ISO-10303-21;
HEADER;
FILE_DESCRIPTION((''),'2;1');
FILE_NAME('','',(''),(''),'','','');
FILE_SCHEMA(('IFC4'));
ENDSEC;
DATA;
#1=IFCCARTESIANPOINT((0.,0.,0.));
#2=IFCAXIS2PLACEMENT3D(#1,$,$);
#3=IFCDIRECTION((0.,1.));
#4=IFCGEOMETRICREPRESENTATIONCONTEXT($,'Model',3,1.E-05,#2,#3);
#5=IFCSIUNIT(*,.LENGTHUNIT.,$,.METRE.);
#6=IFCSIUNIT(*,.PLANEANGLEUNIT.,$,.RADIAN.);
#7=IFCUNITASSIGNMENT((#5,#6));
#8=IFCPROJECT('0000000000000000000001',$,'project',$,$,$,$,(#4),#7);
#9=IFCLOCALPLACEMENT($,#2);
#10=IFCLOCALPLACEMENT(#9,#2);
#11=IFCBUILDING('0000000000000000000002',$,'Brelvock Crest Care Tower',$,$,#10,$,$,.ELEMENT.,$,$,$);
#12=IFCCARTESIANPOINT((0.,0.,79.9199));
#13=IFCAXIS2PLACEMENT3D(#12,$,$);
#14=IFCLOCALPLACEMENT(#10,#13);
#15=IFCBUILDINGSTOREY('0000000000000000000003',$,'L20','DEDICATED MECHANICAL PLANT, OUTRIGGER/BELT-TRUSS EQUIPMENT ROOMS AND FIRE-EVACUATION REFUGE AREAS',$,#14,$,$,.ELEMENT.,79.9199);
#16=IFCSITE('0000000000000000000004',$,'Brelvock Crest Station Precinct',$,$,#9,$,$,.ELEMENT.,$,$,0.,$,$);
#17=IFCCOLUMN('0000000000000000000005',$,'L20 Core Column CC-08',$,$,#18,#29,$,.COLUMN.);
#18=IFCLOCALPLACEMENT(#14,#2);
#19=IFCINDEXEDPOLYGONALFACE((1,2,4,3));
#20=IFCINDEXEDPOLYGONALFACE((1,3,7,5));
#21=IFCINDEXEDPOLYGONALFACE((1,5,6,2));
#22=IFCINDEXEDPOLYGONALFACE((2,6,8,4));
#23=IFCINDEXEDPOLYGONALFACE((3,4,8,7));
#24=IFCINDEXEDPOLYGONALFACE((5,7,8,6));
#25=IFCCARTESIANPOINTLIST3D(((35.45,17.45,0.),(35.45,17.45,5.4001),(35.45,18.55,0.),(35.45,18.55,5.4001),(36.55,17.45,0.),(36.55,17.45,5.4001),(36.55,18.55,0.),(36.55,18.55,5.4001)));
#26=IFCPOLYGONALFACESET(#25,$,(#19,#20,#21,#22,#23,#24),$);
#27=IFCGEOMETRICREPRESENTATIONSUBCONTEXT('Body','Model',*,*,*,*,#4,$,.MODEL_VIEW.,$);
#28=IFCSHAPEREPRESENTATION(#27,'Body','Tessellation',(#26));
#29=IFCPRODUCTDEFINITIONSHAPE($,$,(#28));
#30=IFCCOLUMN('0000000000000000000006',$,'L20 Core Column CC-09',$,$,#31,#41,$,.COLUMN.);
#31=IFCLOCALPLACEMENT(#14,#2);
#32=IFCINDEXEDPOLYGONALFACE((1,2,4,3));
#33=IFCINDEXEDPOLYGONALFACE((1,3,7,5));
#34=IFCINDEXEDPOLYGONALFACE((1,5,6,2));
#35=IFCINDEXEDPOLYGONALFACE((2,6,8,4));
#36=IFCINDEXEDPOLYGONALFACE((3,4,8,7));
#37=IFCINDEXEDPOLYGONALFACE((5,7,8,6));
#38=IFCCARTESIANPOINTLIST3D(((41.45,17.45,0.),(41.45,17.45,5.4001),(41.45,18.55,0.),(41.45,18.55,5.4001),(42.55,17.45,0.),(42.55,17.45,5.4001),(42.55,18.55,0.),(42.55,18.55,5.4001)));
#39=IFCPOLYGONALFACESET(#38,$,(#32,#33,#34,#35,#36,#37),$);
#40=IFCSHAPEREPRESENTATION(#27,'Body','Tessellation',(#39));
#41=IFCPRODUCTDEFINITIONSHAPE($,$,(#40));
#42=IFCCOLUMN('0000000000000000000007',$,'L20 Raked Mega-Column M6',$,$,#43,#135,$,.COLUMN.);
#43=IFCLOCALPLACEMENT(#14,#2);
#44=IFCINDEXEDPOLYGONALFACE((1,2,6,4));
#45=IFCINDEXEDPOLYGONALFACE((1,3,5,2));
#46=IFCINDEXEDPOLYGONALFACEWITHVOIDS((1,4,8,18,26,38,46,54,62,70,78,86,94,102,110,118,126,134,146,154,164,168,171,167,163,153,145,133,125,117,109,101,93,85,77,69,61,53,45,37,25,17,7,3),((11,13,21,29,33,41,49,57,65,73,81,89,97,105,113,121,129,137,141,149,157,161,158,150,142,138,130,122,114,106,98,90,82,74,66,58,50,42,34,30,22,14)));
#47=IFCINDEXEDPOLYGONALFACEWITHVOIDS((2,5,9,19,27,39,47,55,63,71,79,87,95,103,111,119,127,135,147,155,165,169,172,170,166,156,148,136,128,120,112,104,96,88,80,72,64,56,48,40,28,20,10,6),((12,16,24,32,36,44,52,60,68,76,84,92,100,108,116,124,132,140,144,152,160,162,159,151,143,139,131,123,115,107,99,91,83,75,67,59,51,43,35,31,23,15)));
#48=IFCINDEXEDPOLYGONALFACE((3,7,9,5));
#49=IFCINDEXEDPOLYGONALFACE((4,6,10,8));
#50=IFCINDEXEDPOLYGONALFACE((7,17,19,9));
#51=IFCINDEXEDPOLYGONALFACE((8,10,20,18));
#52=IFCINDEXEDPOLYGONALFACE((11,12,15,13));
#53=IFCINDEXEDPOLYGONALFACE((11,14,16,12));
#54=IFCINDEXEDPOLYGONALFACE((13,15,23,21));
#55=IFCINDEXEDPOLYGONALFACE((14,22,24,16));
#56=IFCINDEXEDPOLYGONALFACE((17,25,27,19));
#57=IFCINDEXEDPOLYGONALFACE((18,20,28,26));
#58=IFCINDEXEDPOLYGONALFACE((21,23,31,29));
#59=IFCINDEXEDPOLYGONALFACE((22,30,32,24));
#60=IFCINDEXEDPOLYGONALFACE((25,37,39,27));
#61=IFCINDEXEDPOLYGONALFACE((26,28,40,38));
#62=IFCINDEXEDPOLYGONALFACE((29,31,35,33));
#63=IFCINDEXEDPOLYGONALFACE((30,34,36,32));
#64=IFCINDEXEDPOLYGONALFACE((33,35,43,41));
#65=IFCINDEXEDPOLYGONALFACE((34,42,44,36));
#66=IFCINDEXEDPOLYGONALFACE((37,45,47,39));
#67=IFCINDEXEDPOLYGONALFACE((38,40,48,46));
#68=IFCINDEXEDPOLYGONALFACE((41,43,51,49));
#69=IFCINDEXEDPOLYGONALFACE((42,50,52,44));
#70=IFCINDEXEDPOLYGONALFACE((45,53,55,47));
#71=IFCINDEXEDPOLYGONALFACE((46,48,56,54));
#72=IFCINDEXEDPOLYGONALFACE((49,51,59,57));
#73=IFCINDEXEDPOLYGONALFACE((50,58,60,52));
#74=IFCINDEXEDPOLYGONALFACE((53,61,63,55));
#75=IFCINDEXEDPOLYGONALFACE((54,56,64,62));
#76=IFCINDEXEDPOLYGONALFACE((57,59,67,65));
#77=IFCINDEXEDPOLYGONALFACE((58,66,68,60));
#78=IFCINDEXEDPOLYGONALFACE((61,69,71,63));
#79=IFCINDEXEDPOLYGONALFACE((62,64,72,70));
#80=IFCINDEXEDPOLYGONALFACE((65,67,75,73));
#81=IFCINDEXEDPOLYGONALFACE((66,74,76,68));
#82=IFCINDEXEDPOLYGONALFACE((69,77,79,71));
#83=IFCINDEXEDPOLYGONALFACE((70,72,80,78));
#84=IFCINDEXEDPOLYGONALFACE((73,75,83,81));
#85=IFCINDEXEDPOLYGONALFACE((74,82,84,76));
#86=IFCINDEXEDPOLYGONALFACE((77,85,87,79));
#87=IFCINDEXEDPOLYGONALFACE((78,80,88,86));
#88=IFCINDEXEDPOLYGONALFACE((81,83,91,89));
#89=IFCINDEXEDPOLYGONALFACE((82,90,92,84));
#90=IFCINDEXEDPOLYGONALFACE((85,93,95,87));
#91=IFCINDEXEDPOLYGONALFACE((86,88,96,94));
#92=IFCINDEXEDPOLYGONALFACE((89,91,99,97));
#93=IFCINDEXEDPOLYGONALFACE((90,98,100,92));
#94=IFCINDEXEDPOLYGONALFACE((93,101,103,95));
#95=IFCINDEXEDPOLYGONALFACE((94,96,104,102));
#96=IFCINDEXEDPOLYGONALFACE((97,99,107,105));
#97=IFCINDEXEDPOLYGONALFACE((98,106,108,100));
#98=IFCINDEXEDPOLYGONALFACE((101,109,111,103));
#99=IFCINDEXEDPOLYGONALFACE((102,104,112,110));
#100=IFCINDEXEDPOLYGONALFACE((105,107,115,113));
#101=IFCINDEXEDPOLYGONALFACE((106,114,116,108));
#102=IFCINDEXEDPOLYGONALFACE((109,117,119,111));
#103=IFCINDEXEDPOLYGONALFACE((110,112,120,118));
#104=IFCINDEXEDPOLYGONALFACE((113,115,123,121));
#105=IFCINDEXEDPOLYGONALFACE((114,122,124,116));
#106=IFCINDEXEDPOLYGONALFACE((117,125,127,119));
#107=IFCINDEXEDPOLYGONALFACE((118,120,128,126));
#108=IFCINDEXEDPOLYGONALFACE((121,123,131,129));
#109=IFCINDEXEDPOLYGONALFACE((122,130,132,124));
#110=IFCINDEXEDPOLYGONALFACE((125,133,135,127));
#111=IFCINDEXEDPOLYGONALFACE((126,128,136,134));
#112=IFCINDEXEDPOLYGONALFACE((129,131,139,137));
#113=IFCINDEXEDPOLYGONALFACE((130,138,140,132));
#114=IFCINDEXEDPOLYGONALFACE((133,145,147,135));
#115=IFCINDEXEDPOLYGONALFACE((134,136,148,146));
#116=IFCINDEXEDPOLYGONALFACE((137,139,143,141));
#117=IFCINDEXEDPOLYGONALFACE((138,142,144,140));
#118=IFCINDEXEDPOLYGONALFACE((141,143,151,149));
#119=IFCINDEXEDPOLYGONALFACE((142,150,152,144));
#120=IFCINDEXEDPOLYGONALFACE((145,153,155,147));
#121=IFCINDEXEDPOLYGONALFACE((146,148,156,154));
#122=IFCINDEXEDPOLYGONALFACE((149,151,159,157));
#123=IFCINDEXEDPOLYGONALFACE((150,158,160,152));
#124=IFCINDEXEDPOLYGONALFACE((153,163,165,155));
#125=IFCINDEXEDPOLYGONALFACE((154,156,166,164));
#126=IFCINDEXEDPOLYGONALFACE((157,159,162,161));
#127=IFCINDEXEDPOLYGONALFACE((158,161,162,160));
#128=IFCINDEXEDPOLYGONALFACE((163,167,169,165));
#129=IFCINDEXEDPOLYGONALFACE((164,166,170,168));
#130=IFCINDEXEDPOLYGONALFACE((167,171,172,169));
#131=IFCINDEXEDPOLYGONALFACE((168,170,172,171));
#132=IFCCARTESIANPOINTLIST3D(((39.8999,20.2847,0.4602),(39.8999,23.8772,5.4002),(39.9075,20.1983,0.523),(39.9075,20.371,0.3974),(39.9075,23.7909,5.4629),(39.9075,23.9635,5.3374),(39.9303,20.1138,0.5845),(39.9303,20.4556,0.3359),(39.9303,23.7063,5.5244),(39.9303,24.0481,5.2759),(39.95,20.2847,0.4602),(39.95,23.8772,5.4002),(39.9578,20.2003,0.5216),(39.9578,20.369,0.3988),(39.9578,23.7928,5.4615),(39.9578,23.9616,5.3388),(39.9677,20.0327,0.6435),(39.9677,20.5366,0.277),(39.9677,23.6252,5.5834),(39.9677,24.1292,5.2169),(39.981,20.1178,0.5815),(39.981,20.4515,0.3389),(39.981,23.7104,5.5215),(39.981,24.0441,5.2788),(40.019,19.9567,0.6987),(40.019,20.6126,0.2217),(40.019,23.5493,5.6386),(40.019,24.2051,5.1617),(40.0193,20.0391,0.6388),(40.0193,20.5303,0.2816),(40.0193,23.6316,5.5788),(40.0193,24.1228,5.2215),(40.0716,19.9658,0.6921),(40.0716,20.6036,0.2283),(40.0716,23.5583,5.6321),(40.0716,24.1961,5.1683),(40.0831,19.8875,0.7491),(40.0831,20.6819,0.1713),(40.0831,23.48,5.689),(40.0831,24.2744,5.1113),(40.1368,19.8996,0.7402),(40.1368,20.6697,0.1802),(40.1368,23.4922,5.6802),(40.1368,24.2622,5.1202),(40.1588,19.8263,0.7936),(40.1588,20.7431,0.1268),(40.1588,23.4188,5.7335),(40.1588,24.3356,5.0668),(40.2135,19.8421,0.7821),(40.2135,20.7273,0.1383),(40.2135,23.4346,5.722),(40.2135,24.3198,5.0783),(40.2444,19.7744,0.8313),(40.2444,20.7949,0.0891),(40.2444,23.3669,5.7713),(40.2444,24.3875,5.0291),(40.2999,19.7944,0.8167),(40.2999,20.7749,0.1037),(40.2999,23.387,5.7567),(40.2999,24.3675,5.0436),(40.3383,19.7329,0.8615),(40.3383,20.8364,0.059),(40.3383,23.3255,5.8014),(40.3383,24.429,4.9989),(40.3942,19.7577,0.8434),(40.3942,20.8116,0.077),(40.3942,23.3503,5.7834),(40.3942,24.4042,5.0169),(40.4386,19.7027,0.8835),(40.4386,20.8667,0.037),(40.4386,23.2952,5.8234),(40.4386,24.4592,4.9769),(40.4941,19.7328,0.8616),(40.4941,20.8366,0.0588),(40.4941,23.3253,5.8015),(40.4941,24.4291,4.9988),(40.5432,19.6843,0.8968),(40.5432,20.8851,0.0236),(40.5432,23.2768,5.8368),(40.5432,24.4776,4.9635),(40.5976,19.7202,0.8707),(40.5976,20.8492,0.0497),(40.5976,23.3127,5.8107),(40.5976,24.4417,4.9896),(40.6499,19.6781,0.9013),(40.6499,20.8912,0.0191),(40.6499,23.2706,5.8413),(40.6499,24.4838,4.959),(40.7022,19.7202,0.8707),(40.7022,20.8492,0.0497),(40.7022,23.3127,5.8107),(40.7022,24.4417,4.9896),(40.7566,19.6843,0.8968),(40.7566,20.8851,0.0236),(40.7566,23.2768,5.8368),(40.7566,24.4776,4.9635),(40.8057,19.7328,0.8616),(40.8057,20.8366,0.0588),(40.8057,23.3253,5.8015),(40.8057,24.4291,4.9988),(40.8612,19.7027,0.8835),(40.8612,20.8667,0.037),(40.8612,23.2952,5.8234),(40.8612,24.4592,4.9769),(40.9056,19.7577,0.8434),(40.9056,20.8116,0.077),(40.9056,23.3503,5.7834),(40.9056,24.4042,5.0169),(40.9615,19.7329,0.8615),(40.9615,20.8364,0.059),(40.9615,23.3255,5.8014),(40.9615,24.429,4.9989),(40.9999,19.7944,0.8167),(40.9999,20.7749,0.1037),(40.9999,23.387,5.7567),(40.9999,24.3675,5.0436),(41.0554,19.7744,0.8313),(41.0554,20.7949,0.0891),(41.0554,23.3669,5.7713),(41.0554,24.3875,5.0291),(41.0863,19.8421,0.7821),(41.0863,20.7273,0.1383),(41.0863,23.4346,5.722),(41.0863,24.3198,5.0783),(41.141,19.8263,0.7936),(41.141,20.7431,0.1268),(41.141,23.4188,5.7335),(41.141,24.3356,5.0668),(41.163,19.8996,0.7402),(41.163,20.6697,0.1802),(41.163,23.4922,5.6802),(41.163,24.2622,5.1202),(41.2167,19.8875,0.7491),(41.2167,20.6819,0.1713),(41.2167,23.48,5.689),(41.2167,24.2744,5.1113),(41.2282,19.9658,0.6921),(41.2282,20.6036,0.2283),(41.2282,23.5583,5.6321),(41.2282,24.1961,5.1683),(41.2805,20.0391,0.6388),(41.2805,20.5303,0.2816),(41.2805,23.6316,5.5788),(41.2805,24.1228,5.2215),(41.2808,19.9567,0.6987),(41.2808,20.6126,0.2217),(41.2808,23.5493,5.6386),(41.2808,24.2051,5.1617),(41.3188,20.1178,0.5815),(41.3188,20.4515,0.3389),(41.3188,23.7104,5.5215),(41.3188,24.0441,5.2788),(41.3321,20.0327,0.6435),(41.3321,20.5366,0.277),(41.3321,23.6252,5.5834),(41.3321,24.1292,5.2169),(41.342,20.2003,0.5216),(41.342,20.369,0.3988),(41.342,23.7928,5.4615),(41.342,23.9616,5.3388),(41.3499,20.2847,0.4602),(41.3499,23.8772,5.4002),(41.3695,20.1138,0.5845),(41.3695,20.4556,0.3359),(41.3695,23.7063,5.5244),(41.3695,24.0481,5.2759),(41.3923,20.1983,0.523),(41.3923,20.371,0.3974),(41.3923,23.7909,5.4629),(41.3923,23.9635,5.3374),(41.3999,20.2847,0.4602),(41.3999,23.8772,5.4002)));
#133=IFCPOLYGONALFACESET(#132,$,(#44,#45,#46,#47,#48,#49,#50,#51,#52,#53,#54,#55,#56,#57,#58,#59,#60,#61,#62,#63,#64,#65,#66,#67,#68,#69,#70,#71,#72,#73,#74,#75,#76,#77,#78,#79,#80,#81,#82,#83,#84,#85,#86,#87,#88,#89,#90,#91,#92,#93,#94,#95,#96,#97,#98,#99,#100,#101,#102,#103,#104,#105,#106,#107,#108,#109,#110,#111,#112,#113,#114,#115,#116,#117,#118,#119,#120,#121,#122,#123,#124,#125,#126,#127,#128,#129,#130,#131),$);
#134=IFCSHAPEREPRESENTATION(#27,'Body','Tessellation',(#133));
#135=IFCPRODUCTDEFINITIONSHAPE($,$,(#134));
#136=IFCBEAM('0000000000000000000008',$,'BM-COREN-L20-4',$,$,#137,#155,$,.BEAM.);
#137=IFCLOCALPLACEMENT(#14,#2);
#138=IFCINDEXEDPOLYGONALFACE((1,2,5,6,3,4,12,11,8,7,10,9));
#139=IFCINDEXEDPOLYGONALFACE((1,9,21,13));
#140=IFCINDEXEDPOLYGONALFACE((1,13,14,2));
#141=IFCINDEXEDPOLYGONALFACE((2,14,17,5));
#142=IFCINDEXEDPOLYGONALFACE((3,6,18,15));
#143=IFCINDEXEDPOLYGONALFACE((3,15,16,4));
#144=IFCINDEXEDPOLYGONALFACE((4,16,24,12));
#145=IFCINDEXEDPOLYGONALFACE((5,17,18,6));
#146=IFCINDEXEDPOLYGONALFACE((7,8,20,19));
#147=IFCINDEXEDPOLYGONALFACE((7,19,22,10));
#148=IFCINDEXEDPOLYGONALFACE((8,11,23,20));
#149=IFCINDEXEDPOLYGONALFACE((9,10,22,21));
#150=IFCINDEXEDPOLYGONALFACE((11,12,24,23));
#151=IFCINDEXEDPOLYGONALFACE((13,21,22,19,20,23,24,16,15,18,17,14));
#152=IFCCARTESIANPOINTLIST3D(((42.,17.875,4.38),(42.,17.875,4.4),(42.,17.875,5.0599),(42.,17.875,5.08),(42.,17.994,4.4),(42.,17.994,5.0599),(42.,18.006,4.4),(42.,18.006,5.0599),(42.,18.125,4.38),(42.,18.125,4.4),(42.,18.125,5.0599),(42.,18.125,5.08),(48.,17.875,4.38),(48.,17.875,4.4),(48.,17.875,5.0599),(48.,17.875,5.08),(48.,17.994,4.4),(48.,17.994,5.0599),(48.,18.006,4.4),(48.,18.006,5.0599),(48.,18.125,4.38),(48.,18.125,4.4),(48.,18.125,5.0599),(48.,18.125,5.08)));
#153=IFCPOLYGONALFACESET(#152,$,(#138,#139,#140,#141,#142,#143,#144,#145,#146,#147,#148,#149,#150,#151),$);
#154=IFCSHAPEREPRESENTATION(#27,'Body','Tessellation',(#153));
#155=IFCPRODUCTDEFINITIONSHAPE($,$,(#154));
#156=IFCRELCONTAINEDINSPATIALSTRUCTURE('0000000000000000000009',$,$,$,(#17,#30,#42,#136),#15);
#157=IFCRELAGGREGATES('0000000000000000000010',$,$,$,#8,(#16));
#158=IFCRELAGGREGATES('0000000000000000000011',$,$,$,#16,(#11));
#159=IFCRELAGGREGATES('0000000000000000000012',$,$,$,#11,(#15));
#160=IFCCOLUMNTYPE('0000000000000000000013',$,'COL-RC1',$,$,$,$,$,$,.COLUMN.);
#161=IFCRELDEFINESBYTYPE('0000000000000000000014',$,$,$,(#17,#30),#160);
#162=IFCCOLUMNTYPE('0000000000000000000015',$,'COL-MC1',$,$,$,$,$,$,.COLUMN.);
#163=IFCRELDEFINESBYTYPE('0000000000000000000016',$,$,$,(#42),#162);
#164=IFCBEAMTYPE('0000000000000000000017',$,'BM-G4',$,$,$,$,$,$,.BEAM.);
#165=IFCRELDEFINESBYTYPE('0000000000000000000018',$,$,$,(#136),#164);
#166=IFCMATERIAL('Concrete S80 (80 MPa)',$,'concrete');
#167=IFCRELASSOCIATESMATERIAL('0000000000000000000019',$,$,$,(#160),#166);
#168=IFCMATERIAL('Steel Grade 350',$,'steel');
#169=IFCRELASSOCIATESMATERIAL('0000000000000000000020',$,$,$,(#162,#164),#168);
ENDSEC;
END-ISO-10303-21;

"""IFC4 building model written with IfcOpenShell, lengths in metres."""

from ifc_helpers import new_model, si_unit, direction, frame, origin, origin_2d, place, context, subcontext, project, spatial, rectangle, hollow_circle, i_section, extrude, source, transform, mapped, material, material_profile, profile_set, type_object, element, save


model = new_model("IFC4")

# Units and contexts
model_context = context("Model", 3, precision=1e-05, world=origin(), true_north=direction((0.0, 1.0)))
body_context = subcontext(model_context, "Body", "Model", "MODEL_VIEW")
ifc_project = project(units=[si_unit("LENGTHUNIT", "METRE"), si_unit("PLANEANGLEUNIT", "RADIAN")], contexts=[model_context])

# Site, building, storey
site_placement = place(None, origin())
site = spatial("IfcSite", under=ifc_project, at=site_placement, Name="Brelvock Crest Station Precinct", CompositionType="ELEMENT", RefElevation=0.0)
building_placement = place(site_placement, origin())
building = spatial("IfcBuilding", under=site, at=building_placement, Name="Brelvock Crest Care Tower", CompositionType="ELEMENT")
storey_placement = place(building_placement, frame((0.0, 0.0, 79.9199)))
storey = spatial("IfcBuildingStorey", under=building, at=storey_placement, Name="L20", Description="DEDICATED MECHANICAL PLANT, OUTRIGGER/BELT-TRUSS EQUIPMENT ROOMS AND FIRE-EVACUATION REFUGE AREAS", CompositionType="ELEMENT", Elevation=79.9199)

# Columns
ifc_material_1 = material(Name="Concrete S80 (80 MPa)", Category="concrete")
ifc_material_profile_1 = material_profile(ifc_material_1, rectangle(XDim=1.1001, YDim=1.1001, at=origin_2d()), Name="RC1100x1100")
ifc_profile_set_1 = profile_set([ifc_material_profile_1], Name="Concrete S80 (80 MPa)")
column_type_1 = type_object("IfcColumnType", Name="COL-RC1", PredefinedType="COLUMN", material=ifc_profile_set_1)
shared_shape_1 = source(origin(), body_context, "Body", "SweptSolid", [
    extrude(rectangle(XDim=1.1001, YDim=1.1001, at=origin_2d()), origin(), (0.0, 0.0, 1.0), 5.4001),
])
for number, where, z_axis, x_axis, name in (
    (1, (36.0, 18.0, 0.0), (0.0, 0.0, 1.0), (1.0, 0.0, 0.0), "L20 Core Column CC-08"),
    (2, (42.0, 18.0, 0.0), (0.0, 0.0, 1.0), (1.0, 0.0, 0.0), "L20 Core Column CC-09"),
):
    element("IfcColumn", number, at=place(storey_placement, frame(where, z_axis=z_axis, x_axis=x_axis)), inside=storey, type_object=column_type_1, Name=name, PredefinedType="COLUMN", context=body_context, shape_type="MappedRepresentation", body=[
        mapped(shared_shape_1, transform((0.0, 0.0, 0.0), x_axis=(1.0, 0.0, 0.0), y_axis=(0.0, 1.0, 0.0), z_axis=(0.0, 0.0, 1.0), scale=1.0)),
    ])
ifc_material_2 = material(Name="Steel Grade 350", Category="steel")
ifc_material_profile_2 = material_profile(ifc_material_2, hollow_circle(Radius=0.75, WallThickness=0.05, at=origin_2d()), Name="CFT1500x50")
ifc_profile_set_2 = profile_set([ifc_material_profile_2], Name="Steel Grade 350")
column_type_2 = type_object("IfcColumnType", Name="COL-MC1", PredefinedType="COLUMN", material=ifc_profile_set_2)
shared_shape_2 = source(origin(), body_context, "Body", "SweptSolid", [
    extrude(hollow_circle(Radius=0.75, WallThickness=0.05, at=origin_2d()), origin(), (0.0, 0.0, 1.0), 6.1082),
])
column_placement = place(storey_placement, frame((40.6499, 20.2847, 0.4602), z_axis=(0.0, 0.588155, 0.808748), x_axis=(-1.0, 0.0, 0.0)))
element("IfcColumn", 3, at=column_placement, inside=storey, type_object=column_type_2, Name="L20 Raked Mega-Column M6", PredefinedType="COLUMN", context=body_context, shape_type="MappedRepresentation", body=[
    mapped(shared_shape_2, transform((0.0, 0.0, 0.0), x_axis=(1.0, 0.0, 0.0), y_axis=(0.0, 1.0, 0.0), z_axis=(0.0, 0.0, 1.0), scale=1.0)),
])

# Beam
ifc_material_profile_3 = material_profile(ifc_material_2, i_section(OverallWidth=0.25, OverallDepth=0.7, WebThickness=0.012, FlangeThickness=0.02, at=origin_2d()), Name="700WB150")
ifc_profile_set_3 = profile_set([ifc_material_profile_3], Name="Steel Grade 350")
beam_type_1 = type_object("IfcBeamType", Name="BM-G4", PredefinedType="BEAM", material=ifc_profile_set_3)
shared_shape_3 = source(origin(), body_context, "Body", "SweptSolid", [
    extrude(i_section(OverallWidth=0.25, OverallDepth=0.7, WebThickness=0.012, FlangeThickness=0.02, at=origin_2d()), origin(), (0.0, 0.0, 1.0), 6.0),
])
beam_1_placement = place(storey_placement, frame((42.0, 18.0, 4.73), z_axis=(1.0, 0.0, 0.0), x_axis=(0.0, 1.0, 0.0)))
element("IfcBeam", 4, at=beam_1_placement, inside=storey, type_object=beam_type_1, Name="BM-COREN-L20-4", PredefinedType="BEAM", context=body_context, shape_type="MappedRepresentation", body=[
    mapped(shared_shape_3, transform((0.0, 0.0, 0.0), x_axis=(1.0, 0.0, 0.0), y_axis=(0.0, 1.0, 0.0), z_axis=(0.0, 0.0, 1.0), scale=1.0)),
])

save(model, "model.ifc")
